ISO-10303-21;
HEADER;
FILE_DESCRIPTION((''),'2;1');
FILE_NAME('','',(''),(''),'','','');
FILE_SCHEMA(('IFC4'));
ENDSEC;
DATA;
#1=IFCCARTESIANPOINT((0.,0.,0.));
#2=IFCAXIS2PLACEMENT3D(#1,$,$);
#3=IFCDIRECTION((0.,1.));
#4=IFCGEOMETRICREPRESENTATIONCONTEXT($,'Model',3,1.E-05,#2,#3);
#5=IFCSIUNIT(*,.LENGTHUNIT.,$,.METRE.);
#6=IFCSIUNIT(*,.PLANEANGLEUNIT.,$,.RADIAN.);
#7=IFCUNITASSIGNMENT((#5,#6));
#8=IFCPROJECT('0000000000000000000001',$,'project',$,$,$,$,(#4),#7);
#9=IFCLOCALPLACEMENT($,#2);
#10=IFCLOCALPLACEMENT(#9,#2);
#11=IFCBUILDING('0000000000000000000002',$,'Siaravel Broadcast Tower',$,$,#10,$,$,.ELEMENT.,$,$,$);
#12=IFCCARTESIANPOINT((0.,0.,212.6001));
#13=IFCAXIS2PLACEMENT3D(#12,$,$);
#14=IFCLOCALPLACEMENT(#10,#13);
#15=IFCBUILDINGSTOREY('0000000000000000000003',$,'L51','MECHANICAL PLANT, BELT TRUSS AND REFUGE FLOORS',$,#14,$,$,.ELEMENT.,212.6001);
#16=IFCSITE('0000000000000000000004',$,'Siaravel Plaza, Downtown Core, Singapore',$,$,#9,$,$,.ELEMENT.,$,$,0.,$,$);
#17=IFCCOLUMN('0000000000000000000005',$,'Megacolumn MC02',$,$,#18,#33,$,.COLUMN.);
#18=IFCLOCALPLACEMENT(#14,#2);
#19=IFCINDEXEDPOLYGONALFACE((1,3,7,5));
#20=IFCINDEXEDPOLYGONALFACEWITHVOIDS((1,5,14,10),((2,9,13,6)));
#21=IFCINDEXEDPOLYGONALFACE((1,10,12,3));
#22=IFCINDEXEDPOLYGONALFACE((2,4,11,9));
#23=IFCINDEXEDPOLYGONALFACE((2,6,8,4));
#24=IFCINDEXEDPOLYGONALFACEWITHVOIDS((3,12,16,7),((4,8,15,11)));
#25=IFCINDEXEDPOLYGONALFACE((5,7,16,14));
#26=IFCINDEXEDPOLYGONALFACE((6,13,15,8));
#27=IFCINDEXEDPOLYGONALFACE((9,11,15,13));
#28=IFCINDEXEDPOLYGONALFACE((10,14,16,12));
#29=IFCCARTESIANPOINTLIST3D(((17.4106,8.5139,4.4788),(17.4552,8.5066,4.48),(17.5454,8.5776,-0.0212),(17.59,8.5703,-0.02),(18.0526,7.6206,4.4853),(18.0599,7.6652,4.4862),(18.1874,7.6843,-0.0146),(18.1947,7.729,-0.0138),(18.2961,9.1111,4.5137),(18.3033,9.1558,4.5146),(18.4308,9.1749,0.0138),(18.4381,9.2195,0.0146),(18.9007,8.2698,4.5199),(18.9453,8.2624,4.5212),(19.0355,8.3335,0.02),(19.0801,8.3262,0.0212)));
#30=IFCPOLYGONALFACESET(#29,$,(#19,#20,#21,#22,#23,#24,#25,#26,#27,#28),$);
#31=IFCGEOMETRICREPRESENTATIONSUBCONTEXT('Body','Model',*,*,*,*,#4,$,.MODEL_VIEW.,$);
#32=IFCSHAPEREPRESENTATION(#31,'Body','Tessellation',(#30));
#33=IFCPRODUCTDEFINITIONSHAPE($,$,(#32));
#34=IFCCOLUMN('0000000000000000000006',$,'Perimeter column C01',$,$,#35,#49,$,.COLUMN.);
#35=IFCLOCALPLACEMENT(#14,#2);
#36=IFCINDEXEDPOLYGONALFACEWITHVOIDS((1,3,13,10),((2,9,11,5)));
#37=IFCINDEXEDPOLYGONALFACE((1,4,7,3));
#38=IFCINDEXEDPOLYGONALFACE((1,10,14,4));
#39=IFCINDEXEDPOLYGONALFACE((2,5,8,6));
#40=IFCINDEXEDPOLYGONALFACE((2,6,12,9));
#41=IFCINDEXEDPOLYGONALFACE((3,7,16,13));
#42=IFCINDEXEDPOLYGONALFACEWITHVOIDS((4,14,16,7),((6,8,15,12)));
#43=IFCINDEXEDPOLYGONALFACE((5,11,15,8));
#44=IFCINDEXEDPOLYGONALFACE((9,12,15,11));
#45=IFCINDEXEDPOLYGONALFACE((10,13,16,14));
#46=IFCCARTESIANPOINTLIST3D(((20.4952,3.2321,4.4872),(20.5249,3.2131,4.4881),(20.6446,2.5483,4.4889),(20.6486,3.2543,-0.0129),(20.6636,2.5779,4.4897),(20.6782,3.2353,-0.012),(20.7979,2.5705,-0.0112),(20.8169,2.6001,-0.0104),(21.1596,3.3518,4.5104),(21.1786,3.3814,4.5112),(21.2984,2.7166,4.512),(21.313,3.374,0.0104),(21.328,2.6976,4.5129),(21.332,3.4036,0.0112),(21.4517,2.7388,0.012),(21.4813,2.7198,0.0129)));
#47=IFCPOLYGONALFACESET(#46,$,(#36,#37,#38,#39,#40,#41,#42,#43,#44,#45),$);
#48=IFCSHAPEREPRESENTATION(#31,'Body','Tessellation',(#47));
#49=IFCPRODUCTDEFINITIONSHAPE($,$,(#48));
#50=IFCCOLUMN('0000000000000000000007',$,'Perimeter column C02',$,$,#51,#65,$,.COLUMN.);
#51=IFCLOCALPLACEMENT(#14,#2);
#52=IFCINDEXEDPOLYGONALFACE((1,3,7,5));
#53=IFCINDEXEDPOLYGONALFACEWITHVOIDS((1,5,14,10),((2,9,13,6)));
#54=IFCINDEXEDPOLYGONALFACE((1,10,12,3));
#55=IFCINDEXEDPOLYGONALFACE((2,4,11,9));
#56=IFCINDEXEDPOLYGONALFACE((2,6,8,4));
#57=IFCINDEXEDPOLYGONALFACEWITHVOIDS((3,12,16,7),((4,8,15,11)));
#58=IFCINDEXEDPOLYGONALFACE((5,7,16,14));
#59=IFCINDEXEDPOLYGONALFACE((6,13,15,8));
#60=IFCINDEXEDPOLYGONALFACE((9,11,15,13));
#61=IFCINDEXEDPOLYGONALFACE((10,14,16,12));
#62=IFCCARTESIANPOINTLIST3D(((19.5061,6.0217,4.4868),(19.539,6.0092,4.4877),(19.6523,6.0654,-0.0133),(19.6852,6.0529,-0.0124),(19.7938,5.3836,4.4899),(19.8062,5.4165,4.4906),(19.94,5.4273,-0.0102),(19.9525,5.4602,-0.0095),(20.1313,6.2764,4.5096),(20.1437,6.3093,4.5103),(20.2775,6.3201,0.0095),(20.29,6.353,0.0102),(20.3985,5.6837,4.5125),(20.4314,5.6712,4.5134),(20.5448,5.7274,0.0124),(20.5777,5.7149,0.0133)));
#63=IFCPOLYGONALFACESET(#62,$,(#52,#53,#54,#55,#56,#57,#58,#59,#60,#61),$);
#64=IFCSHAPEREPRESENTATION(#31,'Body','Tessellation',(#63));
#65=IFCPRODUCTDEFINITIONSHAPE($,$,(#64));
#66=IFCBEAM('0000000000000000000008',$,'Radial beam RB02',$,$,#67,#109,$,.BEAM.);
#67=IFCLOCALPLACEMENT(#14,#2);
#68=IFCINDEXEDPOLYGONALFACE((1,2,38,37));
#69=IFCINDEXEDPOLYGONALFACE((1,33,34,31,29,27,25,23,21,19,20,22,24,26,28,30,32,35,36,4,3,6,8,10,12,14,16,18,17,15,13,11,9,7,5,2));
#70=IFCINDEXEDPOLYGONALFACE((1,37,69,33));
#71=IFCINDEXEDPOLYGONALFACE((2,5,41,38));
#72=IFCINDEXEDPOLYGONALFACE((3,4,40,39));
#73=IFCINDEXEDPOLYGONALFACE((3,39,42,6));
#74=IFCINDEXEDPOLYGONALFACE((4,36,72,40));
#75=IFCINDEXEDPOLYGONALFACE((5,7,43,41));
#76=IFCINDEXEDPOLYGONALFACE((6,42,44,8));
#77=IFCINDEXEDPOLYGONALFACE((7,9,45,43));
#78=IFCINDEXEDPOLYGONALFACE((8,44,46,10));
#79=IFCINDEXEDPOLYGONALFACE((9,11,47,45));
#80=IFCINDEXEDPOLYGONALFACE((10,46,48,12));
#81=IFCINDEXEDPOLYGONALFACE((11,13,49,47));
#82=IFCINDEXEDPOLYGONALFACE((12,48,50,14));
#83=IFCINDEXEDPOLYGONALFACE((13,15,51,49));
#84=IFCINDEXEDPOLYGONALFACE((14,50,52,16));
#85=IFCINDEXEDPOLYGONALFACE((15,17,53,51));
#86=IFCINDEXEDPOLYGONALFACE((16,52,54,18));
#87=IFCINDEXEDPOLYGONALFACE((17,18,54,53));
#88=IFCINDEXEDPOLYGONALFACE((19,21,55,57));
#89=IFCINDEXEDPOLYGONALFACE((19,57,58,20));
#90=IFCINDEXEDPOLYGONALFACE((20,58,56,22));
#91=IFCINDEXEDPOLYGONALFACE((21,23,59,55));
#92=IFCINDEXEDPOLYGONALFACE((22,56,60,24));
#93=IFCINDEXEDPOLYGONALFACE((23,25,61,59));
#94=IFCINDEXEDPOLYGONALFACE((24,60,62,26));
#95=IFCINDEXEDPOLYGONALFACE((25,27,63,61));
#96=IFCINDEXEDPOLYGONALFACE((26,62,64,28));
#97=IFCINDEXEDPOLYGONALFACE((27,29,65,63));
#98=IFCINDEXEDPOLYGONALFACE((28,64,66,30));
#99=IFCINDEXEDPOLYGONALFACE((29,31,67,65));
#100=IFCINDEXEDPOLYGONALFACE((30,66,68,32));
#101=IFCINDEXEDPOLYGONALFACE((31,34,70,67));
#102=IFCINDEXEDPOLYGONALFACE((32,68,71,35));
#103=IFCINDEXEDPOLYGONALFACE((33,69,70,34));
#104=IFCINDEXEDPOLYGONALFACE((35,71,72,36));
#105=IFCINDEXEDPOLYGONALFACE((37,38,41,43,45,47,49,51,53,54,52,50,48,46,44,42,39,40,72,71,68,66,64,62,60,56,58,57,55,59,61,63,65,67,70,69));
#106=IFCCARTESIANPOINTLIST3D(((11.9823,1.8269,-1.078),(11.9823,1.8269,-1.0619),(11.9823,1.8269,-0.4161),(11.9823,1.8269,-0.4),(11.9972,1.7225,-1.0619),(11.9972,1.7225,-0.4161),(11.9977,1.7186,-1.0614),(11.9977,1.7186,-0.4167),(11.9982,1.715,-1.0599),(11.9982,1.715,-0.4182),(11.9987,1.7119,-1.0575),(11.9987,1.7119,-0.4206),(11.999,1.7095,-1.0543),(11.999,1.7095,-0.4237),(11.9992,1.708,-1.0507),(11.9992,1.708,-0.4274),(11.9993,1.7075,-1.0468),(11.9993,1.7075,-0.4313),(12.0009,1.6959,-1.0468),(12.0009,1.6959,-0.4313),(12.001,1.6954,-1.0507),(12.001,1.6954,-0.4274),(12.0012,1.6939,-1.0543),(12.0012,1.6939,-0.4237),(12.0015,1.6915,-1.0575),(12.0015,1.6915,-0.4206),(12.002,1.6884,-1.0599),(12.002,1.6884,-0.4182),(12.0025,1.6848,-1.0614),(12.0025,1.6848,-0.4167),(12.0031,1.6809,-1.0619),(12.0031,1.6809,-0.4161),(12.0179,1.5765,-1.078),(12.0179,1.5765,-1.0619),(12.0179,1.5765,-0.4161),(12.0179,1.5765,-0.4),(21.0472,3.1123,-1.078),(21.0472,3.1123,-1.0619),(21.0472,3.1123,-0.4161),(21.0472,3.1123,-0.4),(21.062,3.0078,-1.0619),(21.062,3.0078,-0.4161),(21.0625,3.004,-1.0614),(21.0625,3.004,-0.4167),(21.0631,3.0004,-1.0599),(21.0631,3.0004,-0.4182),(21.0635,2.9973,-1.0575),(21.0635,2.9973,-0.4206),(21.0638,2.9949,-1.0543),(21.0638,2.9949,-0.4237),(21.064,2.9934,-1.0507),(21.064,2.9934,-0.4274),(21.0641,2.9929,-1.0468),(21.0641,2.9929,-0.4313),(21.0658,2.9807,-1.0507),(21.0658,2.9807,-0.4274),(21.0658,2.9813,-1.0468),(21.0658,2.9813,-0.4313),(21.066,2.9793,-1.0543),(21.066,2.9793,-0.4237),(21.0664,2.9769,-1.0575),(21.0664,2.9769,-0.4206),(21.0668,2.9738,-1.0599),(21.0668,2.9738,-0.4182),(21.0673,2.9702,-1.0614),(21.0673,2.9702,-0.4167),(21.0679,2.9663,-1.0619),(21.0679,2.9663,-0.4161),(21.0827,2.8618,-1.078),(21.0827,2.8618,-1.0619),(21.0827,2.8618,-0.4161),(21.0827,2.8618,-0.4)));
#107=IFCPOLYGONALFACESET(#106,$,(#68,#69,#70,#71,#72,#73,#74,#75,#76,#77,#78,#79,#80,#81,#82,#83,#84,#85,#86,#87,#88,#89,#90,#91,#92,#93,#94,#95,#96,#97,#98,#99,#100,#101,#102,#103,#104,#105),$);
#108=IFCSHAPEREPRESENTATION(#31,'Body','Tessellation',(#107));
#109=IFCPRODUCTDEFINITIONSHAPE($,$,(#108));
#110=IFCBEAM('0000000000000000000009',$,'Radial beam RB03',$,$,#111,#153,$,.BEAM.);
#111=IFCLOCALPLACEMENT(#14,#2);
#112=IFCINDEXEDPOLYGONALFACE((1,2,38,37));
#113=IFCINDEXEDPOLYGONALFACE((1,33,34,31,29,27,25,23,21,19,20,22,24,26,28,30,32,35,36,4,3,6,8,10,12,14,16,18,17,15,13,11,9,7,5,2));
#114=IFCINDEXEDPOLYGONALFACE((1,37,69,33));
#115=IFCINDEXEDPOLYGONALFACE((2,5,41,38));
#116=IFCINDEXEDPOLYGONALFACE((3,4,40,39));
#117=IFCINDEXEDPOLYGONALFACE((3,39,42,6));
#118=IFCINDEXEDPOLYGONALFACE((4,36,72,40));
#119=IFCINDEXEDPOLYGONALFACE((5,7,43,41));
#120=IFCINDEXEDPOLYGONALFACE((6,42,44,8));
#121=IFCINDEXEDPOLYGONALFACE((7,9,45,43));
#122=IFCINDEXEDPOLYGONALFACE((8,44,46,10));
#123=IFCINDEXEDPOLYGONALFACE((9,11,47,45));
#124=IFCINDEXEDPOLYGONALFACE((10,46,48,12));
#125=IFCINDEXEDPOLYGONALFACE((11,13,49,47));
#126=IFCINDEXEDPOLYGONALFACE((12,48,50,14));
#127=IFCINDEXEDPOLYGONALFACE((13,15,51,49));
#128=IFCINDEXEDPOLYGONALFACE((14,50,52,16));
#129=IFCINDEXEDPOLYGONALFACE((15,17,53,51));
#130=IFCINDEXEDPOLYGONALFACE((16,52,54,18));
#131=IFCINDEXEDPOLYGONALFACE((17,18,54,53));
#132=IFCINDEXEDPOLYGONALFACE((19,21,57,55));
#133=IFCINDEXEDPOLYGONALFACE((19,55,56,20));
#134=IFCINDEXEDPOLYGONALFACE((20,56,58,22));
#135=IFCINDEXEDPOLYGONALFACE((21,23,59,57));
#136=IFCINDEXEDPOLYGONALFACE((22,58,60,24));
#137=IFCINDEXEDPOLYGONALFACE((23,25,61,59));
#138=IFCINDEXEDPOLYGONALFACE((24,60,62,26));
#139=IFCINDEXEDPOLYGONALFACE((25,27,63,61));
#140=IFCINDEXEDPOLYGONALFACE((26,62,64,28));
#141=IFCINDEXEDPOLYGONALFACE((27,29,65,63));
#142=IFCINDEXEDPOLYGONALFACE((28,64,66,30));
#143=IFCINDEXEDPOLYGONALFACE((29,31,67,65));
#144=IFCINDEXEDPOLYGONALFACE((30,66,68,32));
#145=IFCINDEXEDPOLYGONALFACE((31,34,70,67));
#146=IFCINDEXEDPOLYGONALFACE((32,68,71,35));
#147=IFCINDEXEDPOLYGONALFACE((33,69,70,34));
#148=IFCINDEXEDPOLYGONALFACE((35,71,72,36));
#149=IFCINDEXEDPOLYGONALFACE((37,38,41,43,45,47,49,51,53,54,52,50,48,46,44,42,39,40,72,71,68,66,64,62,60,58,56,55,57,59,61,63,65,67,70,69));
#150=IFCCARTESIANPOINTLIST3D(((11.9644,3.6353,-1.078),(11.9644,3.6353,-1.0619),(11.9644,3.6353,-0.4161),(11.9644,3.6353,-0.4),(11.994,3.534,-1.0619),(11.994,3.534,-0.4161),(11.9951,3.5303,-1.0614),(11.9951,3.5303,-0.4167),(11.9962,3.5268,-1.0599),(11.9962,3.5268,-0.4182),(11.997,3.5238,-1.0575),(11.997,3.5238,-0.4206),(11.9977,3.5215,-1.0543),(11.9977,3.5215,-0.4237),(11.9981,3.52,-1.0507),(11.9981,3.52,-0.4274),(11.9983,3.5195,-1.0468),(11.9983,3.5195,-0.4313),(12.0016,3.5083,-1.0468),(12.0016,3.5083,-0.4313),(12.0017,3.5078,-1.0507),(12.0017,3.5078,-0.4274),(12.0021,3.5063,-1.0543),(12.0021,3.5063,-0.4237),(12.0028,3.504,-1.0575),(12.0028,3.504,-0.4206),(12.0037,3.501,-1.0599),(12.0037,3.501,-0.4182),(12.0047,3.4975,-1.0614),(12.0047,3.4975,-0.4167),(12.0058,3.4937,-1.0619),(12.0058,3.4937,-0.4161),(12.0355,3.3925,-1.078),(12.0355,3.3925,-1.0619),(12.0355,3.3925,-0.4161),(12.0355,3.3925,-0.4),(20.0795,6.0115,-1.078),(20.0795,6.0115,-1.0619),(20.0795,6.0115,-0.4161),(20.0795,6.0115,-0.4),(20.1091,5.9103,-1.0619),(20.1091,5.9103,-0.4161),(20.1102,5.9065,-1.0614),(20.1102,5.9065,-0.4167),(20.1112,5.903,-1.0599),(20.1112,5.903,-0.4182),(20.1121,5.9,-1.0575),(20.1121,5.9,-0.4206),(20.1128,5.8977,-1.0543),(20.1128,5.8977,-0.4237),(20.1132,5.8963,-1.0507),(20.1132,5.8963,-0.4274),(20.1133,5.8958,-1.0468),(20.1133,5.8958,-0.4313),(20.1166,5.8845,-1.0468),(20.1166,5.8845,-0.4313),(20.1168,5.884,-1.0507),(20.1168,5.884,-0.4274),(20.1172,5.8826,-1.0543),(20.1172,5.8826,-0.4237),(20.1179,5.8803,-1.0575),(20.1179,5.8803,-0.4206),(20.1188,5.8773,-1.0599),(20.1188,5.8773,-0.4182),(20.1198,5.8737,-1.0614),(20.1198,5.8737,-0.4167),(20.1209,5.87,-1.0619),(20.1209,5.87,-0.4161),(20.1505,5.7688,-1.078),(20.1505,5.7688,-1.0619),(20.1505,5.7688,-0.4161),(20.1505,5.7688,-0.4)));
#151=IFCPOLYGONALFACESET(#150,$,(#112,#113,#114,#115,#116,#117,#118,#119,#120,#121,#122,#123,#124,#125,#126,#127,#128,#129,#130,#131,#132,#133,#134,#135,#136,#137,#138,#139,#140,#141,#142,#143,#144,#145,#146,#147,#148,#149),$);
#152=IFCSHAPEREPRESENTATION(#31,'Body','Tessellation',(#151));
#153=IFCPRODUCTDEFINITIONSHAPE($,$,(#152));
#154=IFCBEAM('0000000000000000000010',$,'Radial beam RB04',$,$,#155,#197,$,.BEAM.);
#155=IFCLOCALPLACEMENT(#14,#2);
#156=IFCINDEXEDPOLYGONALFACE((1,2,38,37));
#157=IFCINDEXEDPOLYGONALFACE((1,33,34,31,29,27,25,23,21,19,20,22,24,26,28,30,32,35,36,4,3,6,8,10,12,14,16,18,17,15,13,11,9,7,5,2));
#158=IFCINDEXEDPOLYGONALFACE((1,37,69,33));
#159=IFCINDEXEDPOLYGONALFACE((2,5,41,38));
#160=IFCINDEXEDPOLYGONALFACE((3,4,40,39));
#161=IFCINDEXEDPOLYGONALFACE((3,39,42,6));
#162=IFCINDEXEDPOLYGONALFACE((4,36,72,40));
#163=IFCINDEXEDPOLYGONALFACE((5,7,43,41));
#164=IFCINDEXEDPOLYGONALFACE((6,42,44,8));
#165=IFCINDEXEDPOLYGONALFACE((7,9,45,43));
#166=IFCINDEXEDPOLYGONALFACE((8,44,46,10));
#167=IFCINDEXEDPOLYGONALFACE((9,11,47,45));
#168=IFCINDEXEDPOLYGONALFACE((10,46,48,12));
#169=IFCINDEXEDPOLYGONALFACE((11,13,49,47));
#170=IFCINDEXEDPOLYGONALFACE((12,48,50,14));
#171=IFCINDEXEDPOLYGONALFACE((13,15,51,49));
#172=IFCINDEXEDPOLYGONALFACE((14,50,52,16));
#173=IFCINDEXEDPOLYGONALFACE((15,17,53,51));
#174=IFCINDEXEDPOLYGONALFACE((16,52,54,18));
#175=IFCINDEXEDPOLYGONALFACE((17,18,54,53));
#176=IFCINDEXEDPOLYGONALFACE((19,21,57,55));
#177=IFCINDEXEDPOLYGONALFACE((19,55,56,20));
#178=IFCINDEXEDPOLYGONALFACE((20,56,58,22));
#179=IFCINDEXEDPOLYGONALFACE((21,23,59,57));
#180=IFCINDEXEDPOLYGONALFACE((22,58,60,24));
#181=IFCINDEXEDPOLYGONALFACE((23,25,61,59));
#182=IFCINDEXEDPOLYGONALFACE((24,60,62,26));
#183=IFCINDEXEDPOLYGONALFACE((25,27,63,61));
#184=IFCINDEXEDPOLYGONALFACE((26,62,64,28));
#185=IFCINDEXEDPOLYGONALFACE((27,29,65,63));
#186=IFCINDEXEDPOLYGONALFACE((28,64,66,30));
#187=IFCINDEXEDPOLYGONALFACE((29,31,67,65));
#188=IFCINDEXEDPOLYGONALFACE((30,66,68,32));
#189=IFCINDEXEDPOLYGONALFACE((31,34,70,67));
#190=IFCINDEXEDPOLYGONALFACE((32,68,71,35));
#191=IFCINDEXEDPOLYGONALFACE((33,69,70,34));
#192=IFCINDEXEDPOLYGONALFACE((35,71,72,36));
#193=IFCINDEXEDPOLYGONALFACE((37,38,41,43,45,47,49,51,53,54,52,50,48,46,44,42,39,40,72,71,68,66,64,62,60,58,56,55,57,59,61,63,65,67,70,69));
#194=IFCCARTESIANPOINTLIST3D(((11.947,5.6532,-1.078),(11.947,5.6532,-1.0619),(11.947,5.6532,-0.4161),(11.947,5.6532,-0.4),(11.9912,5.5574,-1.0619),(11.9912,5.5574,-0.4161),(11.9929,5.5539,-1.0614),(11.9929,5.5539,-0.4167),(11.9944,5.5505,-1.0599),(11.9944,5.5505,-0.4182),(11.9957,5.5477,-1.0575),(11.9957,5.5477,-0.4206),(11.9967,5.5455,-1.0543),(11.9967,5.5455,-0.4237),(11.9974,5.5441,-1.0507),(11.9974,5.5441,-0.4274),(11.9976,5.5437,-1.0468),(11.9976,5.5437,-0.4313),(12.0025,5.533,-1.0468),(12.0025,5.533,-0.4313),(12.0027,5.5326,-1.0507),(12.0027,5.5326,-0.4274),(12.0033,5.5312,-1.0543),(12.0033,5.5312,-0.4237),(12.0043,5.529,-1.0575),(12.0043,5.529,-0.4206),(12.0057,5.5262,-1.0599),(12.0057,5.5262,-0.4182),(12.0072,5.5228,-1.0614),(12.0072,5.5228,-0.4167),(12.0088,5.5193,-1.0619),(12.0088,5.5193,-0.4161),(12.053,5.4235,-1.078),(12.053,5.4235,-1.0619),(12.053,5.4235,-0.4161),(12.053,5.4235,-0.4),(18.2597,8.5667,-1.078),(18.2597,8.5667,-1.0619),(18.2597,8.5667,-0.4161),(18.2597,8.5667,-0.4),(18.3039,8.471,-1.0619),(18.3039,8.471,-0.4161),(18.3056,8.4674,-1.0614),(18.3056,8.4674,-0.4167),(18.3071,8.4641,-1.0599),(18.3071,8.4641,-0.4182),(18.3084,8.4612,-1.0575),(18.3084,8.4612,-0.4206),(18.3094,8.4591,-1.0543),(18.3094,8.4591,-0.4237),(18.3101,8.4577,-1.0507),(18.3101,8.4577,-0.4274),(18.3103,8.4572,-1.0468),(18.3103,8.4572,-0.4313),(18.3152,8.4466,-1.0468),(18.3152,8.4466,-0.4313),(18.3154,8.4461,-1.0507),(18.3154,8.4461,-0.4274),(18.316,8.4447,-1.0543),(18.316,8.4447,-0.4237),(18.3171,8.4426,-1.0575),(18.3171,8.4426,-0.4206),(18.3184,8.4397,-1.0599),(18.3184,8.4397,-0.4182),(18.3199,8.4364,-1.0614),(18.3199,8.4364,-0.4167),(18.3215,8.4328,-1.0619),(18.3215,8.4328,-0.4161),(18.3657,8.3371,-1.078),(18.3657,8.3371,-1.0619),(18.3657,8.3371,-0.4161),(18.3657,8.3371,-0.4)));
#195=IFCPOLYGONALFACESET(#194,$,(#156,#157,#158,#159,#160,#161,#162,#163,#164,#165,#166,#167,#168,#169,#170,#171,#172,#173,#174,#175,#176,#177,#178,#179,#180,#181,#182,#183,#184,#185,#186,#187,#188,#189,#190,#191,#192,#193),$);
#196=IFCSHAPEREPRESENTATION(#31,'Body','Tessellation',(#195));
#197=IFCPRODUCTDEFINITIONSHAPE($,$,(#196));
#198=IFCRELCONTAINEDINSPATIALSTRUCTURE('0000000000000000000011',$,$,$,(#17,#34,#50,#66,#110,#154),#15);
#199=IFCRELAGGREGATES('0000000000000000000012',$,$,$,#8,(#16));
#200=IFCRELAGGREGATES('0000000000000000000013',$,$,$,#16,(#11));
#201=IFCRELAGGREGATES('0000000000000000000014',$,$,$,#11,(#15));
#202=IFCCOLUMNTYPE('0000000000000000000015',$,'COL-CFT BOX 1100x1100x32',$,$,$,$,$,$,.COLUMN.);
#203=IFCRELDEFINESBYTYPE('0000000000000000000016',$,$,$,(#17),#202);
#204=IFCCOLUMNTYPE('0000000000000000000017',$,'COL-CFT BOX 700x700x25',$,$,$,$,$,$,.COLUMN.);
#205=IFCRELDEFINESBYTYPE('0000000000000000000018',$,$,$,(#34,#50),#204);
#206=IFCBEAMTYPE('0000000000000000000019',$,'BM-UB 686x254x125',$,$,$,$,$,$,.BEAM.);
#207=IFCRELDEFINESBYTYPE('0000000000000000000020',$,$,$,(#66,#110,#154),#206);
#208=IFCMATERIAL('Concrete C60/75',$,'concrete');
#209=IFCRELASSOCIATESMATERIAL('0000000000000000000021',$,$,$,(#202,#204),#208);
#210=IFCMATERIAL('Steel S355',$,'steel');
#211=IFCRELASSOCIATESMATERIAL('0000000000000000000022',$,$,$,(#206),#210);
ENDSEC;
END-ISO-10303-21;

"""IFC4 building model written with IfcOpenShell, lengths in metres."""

from ifc_helpers import new_model, si_unit, direction, frame, origin, origin_2d, place, context, subcontext, project, spatial, hollow_rectangle, i_section, extrude, material, material_profile, profile_set, type_object, element, save


model = new_model("IFC4")

# Units and contexts
model_context = context("Model", 3, precision=1e-05, world=origin(), true_north=direction((0.0, 1.0)))
body_context = subcontext(model_context, "Body", "Model", "MODEL_VIEW")
ifc_project = project(units=[si_unit("LENGTHUNIT", "METRE"), si_unit("PLANEANGLEUNIT", "RADIAN")], contexts=[model_context])

# Site, building, storey
site_placement = place(None, origin())
site = spatial("IfcSite", under=ifc_project, at=site_placement, Name="Siaravel Plaza, Downtown Core, Singapore", CompositionType="ELEMENT", RefElevation=0.0)
building_placement = place(site_placement, origin())
building = spatial("IfcBuilding", under=site, at=building_placement, Name="Siaravel Broadcast Tower", CompositionType="ELEMENT")
storey_placement = place(building_placement, frame((0.0, 0.0, 212.6001)))
storey = spatial("IfcBuildingStorey", under=building, at=storey_placement, Name="L51", Description="MECHANICAL PLANT, BELT TRUSS AND REFUGE FLOORS", CompositionType="ELEMENT", Elevation=212.6001)

# Columns
ifc_material_1 = material(Name="Concrete C60/75", Category="concrete")
ifc_material_profile_1 = material_profile(ifc_material_1, hollow_rectangle(XDim=1.1001, YDim=1.1001, WallThickness=0.032, at=origin_2d()))
ifc_profile_set_1 = profile_set([ifc_material_profile_1], Name="Concrete C60/75")
column_type_1 = type_object("IfcColumnType", Name="COL-CFT BOX 1100x1100x32", PredefinedType="COLUMN", material=ifc_profile_set_1)
column_placement = place(storey_placement, frame((18.3127, 8.4519, 0.0), z_axis=(-0.029931, -0.014152, 0.999452), x_axis=(0.583579, -0.812034, 0.005978)))
element("IfcColumn", 1, at=column_placement, inside=storey, type_object=column_type_1, Name="Megacolumn MC02", PredefinedType="COLUMN", context=body_context, shape_type="SweptSolid", body=[
    extrude(hollow_rectangle(XDim=1.1001, YDim=1.1001, WallThickness=0.032, at=origin_2d()), origin(), (0.0, 0.0, 1.0), 4.5024),
])
ifc_material_profile_2 = material_profile(ifc_material_1, hollow_rectangle(XDim=0.7, YDim=0.7, WallThickness=0.0249, at=origin_2d()))
ifc_profile_set_2 = profile_set([ifc_material_profile_2], Name="Concrete C60/75")
column_type_2 = type_object("IfcColumnType", Name="COL-CFT BOX 700x700x25", PredefinedType="COLUMN", material=ifc_profile_set_2)
for number, where, z_axis, x_axis, name in (
    (2, (21.0649, 2.9871, 0.0), (-0.034051, -0.004934, 0.999408), (0.213381, -0.976966, 0.002447), "Perimeter column C01"),
    (3, (20.115, 5.8901, 0.0), (-0.032479, -0.009706, 0.999425), (0.41104, -0.911606, 0.004505), "Perimeter column C02"),
):
    element("IfcColumn", number, at=place(storey_placement, frame(where, z_axis=z_axis, x_axis=x_axis)), inside=storey, type_object=column_type_2, Name=name, PredefinedType="COLUMN", context=body_context, shape_type="SweptSolid", body=[
        extrude(hollow_rectangle(XDim=0.7, YDim=0.7, WallThickness=0.0249, at=origin_2d()), origin(), (0.0, 0.0, 1.0), 4.5027),
    ])

# Beams
ifc_material_2 = material(Name="Steel S355", Category="steel")
ifc_material_profile_3 = material_profile(ifc_material_2, i_section(OverallWidth=0.2529, OverallDepth=0.678, WebThickness=0.0117, FlangeThickness=0.0161, FilletRadius=0.0151, at=origin_2d()))
ifc_profile_set_3 = profile_set([ifc_material_profile_3], Name="Steel S355")
beam_type_1 = type_object("IfcBeamType", Name="BM-UB 686x254x125", PredefinedType="BEAM", material=ifc_profile_set_3)
beam_1_placement = place(storey_placement, frame((21.0649, 2.9871, -0.739), z_axis=(-0.990096, -0.140395, 0.0), x_axis=(0.140395, -0.990096, 0.0)))
element("IfcBeam", 4, at=beam_1_placement, inside=storey, type_object=beam_type_1, Name="Radial beam RB02", PredefinedType="BEAM", context=body_context, shape_type="SweptSolid", body=[
    extrude(i_section(OverallWidth=0.2529, OverallDepth=0.678, WebThickness=0.0117, FlangeThickness=0.0161, FilletRadius=0.0151, at=origin_2d()), origin(), (0.0, 0.0, 1.0), 9.1555),
])
beam_2_placement = place(storey_placement, frame((20.115, 5.8901, -0.739), z_axis=(-0.959702, -0.281019, 0.0), x_axis=(0.281019, -0.959702, 0.0)))
element("IfcBeam", 5, at=beam_2_placement, inside=storey, type_object=beam_type_1, Name="Radial beam RB03", PredefinedType="BEAM", context=body_context, shape_type="SweptSolid", body=[
    extrude(i_section(OverallWidth=0.2529, OverallDepth=0.678, WebThickness=0.0117, FlangeThickness=0.0161, FilletRadius=0.0151, at=origin_2d()), origin(), (0.0, 0.0, 1.0), 8.4558),
])
beam_3_placement = place(storey_placement, frame((18.3127, 8.4519, -0.739), z_axis=(-0.907959, -0.419058, 0.0), x_axis=(0.419058, -0.907959, 0.0)))
element("IfcBeam", 6, at=beam_3_placement, inside=storey, type_object=beam_type_1, Name="Radial beam RB04", PredefinedType="BEAM", context=body_context, shape_type="SweptSolid", body=[
    extrude(i_section(OverallWidth=0.2529, OverallDepth=0.678, WebThickness=0.0117, FlangeThickness=0.0161, FilletRadius=0.0151, at=origin_2d()), origin(), (0.0, 0.0, 1.0), 6.9526),
])

save(model, "model.ifc")
